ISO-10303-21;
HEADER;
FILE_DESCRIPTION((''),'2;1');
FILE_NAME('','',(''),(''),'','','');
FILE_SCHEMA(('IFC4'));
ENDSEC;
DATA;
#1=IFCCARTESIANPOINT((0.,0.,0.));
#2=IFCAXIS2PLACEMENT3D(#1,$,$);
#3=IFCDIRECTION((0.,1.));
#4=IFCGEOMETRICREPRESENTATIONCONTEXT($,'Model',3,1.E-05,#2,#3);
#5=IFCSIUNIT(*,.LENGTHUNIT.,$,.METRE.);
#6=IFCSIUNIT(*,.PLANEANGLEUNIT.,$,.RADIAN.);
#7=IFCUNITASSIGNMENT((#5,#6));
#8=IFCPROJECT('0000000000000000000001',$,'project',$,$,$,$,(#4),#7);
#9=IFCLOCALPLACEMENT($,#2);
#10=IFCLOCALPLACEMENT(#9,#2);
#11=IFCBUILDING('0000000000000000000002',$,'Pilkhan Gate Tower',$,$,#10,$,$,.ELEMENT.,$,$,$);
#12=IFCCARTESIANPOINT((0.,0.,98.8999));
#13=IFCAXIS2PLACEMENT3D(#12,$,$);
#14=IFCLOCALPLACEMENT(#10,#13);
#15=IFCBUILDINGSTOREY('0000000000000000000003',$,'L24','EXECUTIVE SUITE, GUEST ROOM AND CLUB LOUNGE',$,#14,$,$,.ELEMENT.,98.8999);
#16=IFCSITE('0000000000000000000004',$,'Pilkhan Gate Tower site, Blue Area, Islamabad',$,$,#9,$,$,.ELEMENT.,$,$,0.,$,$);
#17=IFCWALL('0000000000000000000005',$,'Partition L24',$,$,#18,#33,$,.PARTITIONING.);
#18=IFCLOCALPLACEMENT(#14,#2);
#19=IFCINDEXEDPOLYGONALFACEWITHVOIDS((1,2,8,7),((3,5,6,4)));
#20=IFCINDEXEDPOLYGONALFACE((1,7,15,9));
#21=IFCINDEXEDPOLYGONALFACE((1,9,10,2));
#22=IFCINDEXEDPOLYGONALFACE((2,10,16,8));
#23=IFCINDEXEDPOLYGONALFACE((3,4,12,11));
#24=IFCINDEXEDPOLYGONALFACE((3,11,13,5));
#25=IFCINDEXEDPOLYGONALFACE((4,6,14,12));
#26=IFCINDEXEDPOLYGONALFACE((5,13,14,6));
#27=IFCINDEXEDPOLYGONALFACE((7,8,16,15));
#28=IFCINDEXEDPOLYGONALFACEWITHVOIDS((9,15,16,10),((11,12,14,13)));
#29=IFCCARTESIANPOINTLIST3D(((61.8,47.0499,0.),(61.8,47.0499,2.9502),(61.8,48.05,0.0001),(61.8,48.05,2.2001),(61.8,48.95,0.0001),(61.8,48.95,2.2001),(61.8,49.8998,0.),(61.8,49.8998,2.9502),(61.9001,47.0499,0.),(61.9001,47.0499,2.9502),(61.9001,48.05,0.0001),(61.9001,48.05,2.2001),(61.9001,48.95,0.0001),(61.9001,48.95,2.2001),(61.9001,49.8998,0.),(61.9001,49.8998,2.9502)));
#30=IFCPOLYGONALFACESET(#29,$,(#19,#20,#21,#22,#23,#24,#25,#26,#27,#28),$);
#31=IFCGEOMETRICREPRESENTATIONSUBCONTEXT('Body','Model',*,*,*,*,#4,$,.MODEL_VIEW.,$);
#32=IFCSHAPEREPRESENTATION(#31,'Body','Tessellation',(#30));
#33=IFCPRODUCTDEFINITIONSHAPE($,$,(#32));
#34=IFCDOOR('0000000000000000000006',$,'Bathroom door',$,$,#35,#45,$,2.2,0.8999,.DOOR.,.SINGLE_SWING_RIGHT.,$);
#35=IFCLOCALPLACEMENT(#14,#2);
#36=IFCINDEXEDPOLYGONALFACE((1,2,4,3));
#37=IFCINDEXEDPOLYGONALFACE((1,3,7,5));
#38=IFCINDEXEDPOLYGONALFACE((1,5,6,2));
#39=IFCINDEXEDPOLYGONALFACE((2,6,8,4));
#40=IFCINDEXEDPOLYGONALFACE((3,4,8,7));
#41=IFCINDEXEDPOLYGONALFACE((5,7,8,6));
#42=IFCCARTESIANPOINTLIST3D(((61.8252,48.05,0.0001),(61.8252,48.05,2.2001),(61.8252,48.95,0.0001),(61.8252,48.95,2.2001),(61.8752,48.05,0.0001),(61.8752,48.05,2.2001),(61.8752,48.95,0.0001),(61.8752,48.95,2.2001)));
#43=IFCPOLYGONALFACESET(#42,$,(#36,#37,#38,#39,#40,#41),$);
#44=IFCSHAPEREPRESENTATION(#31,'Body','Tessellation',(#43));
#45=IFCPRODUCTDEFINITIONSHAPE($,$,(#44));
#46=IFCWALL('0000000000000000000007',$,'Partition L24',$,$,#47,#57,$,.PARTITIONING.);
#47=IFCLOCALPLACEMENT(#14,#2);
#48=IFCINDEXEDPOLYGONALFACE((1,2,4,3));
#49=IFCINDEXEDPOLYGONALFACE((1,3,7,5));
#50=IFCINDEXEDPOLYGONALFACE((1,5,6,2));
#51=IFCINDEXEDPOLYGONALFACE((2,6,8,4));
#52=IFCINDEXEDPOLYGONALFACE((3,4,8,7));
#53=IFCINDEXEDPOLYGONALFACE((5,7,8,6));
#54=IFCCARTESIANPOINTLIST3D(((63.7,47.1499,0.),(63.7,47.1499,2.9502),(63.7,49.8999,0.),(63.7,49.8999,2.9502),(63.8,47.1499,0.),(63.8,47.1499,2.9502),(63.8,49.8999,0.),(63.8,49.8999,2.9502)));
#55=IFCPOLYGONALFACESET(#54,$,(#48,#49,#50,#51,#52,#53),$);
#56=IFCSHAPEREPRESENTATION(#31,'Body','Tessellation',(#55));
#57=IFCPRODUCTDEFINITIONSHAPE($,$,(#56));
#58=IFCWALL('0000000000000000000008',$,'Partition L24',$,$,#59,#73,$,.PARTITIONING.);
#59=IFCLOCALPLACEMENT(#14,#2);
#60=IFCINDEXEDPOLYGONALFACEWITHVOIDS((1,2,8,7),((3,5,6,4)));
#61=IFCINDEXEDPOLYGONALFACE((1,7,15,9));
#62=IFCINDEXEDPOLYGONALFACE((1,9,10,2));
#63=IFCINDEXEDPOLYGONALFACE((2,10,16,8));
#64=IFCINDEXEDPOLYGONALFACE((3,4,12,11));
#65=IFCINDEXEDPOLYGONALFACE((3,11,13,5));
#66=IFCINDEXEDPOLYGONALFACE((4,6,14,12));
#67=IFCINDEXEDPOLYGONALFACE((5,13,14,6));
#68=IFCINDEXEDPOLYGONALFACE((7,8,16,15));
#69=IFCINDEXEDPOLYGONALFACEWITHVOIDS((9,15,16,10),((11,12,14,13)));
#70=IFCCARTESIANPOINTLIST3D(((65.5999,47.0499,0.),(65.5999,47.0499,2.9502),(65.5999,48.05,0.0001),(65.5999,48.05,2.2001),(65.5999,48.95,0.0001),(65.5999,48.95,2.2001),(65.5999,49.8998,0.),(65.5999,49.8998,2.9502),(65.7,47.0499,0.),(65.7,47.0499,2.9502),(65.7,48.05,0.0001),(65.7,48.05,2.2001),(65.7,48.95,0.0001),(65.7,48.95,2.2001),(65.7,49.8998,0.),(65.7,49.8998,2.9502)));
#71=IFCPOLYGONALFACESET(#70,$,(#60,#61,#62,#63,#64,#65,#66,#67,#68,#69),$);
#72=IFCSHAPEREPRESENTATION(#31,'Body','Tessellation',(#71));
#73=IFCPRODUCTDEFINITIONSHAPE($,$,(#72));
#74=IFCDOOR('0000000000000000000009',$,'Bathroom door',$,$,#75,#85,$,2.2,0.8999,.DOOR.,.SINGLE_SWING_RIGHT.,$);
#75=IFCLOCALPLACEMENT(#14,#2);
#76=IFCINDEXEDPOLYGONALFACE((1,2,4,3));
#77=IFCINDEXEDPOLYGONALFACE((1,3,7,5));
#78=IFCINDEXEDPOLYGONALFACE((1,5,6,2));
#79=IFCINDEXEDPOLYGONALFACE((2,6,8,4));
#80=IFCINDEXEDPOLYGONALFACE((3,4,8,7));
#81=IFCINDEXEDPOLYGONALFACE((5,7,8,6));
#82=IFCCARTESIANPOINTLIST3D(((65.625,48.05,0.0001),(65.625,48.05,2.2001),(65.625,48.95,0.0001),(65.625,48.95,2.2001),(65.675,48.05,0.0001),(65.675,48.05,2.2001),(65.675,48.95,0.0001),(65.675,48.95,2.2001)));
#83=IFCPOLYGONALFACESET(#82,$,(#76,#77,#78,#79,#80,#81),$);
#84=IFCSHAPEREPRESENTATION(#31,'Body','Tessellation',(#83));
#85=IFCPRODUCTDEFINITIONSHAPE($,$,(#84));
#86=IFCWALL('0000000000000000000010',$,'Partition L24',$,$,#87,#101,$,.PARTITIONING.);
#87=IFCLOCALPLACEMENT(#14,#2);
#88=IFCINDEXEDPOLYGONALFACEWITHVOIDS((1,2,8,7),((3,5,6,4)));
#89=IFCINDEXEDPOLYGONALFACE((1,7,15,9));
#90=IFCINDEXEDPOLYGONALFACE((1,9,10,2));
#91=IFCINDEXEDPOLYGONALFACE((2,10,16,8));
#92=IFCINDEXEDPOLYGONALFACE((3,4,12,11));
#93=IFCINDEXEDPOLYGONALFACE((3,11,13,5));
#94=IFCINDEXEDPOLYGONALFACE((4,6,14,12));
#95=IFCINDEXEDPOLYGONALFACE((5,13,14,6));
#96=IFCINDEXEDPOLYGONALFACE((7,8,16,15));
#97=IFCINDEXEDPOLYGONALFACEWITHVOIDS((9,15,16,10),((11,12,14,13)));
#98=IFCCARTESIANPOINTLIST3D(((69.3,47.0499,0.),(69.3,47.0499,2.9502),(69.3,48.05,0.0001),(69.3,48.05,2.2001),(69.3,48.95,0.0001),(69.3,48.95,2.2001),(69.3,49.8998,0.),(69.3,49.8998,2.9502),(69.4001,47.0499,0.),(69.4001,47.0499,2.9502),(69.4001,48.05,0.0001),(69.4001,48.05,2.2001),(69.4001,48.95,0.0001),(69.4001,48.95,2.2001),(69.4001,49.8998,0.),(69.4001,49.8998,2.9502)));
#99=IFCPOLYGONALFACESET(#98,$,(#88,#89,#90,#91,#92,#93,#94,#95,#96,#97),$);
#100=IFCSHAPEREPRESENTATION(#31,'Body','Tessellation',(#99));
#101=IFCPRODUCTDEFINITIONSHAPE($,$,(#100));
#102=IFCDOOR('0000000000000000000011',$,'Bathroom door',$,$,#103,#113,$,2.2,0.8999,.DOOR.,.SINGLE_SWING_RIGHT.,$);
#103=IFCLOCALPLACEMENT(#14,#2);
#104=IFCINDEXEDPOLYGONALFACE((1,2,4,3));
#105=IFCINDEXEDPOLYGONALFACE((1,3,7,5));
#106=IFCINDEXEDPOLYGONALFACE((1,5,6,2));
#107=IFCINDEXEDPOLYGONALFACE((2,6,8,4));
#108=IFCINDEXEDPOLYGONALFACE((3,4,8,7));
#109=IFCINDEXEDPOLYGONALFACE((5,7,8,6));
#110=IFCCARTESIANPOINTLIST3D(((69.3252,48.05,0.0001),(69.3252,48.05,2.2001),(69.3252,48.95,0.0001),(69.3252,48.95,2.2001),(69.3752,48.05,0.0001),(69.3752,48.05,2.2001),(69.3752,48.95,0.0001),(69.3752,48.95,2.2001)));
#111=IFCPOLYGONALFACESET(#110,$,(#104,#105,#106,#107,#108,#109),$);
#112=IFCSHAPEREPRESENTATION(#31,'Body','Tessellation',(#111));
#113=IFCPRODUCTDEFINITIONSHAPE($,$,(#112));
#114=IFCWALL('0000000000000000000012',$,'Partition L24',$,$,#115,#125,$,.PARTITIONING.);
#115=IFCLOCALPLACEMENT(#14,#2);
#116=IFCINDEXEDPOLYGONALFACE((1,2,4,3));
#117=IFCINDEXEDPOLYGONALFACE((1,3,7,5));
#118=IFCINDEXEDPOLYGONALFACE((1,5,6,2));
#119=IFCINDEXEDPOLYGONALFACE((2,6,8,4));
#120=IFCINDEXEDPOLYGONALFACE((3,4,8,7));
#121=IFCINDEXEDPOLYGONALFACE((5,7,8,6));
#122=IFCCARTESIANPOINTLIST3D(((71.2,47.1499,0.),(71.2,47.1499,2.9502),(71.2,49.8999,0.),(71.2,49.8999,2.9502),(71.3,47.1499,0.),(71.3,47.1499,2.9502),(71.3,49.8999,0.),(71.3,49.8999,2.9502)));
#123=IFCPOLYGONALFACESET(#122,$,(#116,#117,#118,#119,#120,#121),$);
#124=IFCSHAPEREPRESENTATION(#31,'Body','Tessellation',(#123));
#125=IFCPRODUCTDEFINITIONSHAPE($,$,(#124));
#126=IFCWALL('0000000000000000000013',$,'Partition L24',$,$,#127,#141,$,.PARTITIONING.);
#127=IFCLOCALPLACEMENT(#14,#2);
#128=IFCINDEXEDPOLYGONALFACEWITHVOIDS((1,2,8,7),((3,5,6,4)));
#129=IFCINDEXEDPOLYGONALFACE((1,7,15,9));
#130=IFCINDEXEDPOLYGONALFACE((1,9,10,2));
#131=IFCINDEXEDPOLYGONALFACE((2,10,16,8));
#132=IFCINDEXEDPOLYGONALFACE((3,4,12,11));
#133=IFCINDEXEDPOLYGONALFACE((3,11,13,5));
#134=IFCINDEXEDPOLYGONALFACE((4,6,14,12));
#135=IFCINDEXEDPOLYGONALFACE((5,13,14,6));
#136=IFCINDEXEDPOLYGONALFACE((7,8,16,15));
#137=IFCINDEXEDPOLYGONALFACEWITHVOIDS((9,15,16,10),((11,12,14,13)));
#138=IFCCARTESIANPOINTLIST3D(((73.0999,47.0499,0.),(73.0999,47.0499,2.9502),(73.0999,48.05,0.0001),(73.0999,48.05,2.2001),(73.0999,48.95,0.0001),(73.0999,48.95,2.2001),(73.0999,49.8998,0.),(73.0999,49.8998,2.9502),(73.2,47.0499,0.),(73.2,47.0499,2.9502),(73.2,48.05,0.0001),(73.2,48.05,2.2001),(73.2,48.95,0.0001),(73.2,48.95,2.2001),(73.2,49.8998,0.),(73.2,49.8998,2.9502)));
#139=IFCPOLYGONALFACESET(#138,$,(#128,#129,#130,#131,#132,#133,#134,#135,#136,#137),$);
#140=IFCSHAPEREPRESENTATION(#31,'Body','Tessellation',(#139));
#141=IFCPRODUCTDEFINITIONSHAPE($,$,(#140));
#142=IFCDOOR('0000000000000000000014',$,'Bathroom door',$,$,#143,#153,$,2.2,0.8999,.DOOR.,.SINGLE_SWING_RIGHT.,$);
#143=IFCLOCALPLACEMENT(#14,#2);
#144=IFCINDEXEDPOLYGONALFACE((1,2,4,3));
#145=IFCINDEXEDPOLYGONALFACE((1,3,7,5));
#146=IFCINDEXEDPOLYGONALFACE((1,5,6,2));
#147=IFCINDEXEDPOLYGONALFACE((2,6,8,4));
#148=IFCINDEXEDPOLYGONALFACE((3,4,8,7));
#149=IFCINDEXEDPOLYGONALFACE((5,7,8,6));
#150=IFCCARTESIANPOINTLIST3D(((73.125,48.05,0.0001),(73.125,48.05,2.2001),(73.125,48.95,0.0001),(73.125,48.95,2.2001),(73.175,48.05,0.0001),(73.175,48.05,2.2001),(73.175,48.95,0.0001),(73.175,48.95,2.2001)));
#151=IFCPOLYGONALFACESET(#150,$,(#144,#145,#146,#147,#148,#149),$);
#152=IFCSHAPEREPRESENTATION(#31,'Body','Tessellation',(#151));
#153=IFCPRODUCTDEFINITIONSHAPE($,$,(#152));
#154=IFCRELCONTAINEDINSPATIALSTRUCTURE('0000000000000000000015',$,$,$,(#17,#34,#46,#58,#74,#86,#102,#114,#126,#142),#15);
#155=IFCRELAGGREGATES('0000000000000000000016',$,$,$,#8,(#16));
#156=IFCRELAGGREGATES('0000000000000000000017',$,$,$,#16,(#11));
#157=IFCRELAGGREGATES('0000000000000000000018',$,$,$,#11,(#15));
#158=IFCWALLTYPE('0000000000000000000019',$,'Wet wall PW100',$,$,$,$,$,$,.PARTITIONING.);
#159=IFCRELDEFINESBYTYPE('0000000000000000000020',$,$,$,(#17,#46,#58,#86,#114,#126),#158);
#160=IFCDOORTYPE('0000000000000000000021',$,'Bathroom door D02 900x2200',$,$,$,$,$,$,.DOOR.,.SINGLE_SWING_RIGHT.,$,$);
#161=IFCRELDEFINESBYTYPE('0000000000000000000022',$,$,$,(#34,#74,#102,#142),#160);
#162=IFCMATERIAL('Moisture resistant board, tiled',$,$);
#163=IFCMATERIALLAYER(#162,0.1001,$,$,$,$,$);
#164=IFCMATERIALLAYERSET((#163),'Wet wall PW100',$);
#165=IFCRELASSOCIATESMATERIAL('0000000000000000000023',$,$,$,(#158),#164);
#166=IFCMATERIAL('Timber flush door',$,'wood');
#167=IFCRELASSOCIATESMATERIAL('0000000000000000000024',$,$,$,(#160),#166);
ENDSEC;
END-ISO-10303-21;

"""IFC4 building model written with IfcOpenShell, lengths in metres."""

from ifc_helpers import new_model, si_unit, direction, frame, frame_2d, origin, place, context, subcontext, project, spatial, rectangle, extrude, material, layer, layer_set, type_object, element, fill, save


model = new_model("IFC4")

# Units and contexts
model_context = context("Model", 3, precision=1e-05, world=origin(), true_north=direction((0.0, 1.0)))
body_context = subcontext(model_context, "Body", "Model", "MODEL_VIEW")
ifc_project = project(units=[si_unit("LENGTHUNIT", "METRE"), si_unit("PLANEANGLEUNIT", "RADIAN")], contexts=[model_context])

# Site, building, storey
site_placement = place(None, origin())
site = spatial("IfcSite", under=ifc_project, at=site_placement, Name="Pilkhan Gate Tower site, Blue Area, Islamabad", CompositionType="ELEMENT", RefElevation=0.0)
building_placement = place(site_placement, origin())
building = spatial("IfcBuilding", under=site, at=building_placement, Name="Pilkhan Gate Tower", CompositionType="ELEMENT")
storey_placement = place(building_placement, frame((0.0, 0.0, 98.8999)))
storey = spatial("IfcBuildingStorey", under=building, at=storey_placement, Name="L24", Description="EXECUTIVE SUITE, GUEST ROOM AND CLUB LOUNGE", CompositionType="ELEMENT", Elevation=98.8999)

# Shared definitions
ifc_material_1 = material(Name="Moisture resistant board, tiled")
ifc_layer_1 = layer(ifc_material_1, 0.1001)
ifc_layer_set_1 = layer_set([ifc_layer_1], Name="Wet wall PW100")
wall_type_1 = type_object("IfcWallType", Name="Wet wall PW100", PredefinedType="PARTITIONING", material=ifc_layer_set_1)

# Wall, opening, door
wall_1_placement = place(storey_placement, frame((61.8501, 47.05, 0.0), z_axis=(0.0, 0.0, 1.0), x_axis=(0.0, 1.0, 0.0)))
wall_1 = element("IfcWall", 1, at=wall_1_placement, inside=storey, type_object=wall_type_1, Name="Partition L24", PredefinedType="PARTITIONING", context=body_context, shape_type="SweptSolid", body=[
    extrude(rectangle(XDim=2.8499, YDim=0.1001, at=frame_2d((1.4248, 0.0))), origin(), (0.0, 0.0, 1.0), 2.9502),
])
opening_1_placement = place(wall_1_placement, frame((1.0, 0.0, 0.0)))
opening_1 = element("IfcOpeningElement", 2, at=opening_1_placement, cuts=wall_1, PredefinedType="OPENING", context=body_context, shape_type="SweptSolid", body=[
    extrude(rectangle(XDim=0.8999, YDim=2.2, at=frame_2d((0.45, 1.1001))), frame((0.0, 0.0601, 0.0), z_axis=(0.0, -1.0, 0.0), x_axis=(1.0, 0.0, 0.0)), (0.0, 0.0, 1.0), 0.1201),
])
ifc_material_2 = material(Name="Timber flush door", Category="wood")
door_type_1 = type_object("IfcDoorType", Name="Bathroom door D02 900x2200", OperationType="SINGLE_SWING_RIGHT", PredefinedType="DOOR", material=ifc_material_2)
door_1_placement = place(opening_1_placement, origin())
door_1 = element("IfcDoor", 3, at=door_1_placement, inside=storey, type_object=door_type_1, Name="Bathroom door", OperationType="SINGLE_SWING_RIGHT", OverallHeight=2.2, OverallWidth=0.8999, PredefinedType="DOOR", context=body_context, shape_type="SweptSolid", body=[
    extrude(rectangle(XDim=0.8999, YDim=2.2, at=frame_2d((0.45, 1.1001))), frame((0.0, 0.0249, 0.0), z_axis=(0.0, -1.0, 0.0), x_axis=(1.0, 0.0, 0.0)), (0.0, 0.0, 1.0), 0.05),
])
fill(opening_1, door_1)

# Wall
wall_2_placement = place(storey_placement, frame((63.75, 47.1499, 0.0), z_axis=(0.0, 0.0, 1.0), x_axis=(0.0, 1.0, 0.0)))
element("IfcWall", 4, at=wall_2_placement, inside=storey, type_object=wall_type_1, Name="Partition L24", PredefinedType="PARTITIONING", context=body_context, shape_type="SweptSolid", body=[
    extrude(rectangle(XDim=2.75, YDim=0.1001, at=frame_2d((1.375, 0.0))), origin(), (0.0, 0.0, 1.0), 2.9502),
])

# Walls, openings, doors
wall_3_placement = place(storey_placement, frame((65.6499, 47.05, 0.0), z_axis=(0.0, 0.0, 1.0), x_axis=(0.0, 1.0, 0.0)))
wall_3 = element("IfcWall", 5, at=wall_3_placement, inside=storey, type_object=wall_type_1, Name="Partition L24", PredefinedType="PARTITIONING", context=body_context, shape_type="SweptSolid", body=[
    extrude(rectangle(XDim=2.8499, YDim=0.1001, at=frame_2d((1.4248, 0.0))), origin(), (0.0, 0.0, 1.0), 2.9502),
])
opening_2_placement = place(wall_3_placement, frame((1.0, 0.0, 0.0)))
opening_2 = element("IfcOpeningElement", 6, at=opening_2_placement, cuts=wall_3, PredefinedType="OPENING", context=body_context, shape_type="SweptSolid", body=[
    extrude(rectangle(XDim=0.8999, YDim=2.2, at=frame_2d((0.45, 1.1001))), frame((0.0, 0.0601, 0.0), z_axis=(0.0, -1.0, 0.0), x_axis=(1.0, 0.0, 0.0)), (0.0, 0.0, 1.0), 0.1201),
])
door_2_placement = place(opening_2_placement, origin())
door_2 = element("IfcDoor", 7, at=door_2_placement, inside=storey, type_object=door_type_1, Name="Bathroom door", OperationType="SINGLE_SWING_RIGHT", OverallHeight=2.2, OverallWidth=0.8999, PredefinedType="DOOR", context=body_context, shape_type="SweptSolid", body=[
    extrude(rectangle(XDim=0.8999, YDim=2.2, at=frame_2d((0.45, 1.1001))), frame((0.0, 0.0249, 0.0), z_axis=(0.0, -1.0, 0.0), x_axis=(1.0, 0.0, 0.0)), (0.0, 0.0, 1.0), 0.05),
])
fill(opening_2, door_2)
wall_4_placement = place(storey_placement, frame((69.3501, 47.05, 0.0), z_axis=(0.0, 0.0, 1.0), x_axis=(0.0, 1.0, 0.0)))
wall_4 = element("IfcWall", 8, at=wall_4_placement, inside=storey, type_object=wall_type_1, Name="Partition L24", PredefinedType="PARTITIONING", context=body_context, shape_type="SweptSolid", body=[
    extrude(rectangle(XDim=2.8499, YDim=0.1001, at=frame_2d((1.4248, 0.0))), origin(), (0.0, 0.0, 1.0), 2.9502),
])
opening_3_placement = place(wall_4_placement, frame((1.0, 0.0, 0.0)))
opening_3 = element("IfcOpeningElement", 9, at=opening_3_placement, cuts=wall_4, PredefinedType="OPENING", context=body_context, shape_type="SweptSolid", body=[
    extrude(rectangle(XDim=0.8999, YDim=2.2, at=frame_2d((0.45, 1.1001))), frame((0.0, 0.0601, 0.0), z_axis=(0.0, -1.0, 0.0), x_axis=(1.0, 0.0, 0.0)), (0.0, 0.0, 1.0), 0.1201),
])
door_3_placement = place(opening_3_placement, origin())
door_3 = element("IfcDoor", 10, at=door_3_placement, inside=storey, type_object=door_type_1, Name="Bathroom door", OperationType="SINGLE_SWING_RIGHT", OverallHeight=2.2, OverallWidth=0.8999, PredefinedType="DOOR", context=body_context, shape_type="SweptSolid", body=[
    extrude(rectangle(XDim=0.8999, YDim=2.2, at=frame_2d((0.45, 1.1001))), frame((0.0, 0.0249, 0.0), z_axis=(0.0, -1.0, 0.0), x_axis=(1.0, 0.0, 0.0)), (0.0, 0.0, 1.0), 0.05),
])
fill(opening_3, door_3)

# Wall
wall_5_placement = place(storey_placement, frame((71.25, 47.1499, 0.0), z_axis=(0.0, 0.0, 1.0), x_axis=(0.0, 1.0, 0.0)))
element("IfcWall", 11, at=wall_5_placement, inside=storey, type_object=wall_type_1, Name="Partition L24", PredefinedType="PARTITIONING", context=body_context, shape_type="SweptSolid", body=[
    extrude(rectangle(XDim=2.75, YDim=0.1001, at=frame_2d((1.375, 0.0))), origin(), (0.0, 0.0, 1.0), 2.9502),
])

# Wall, opening, door
wall_6_placement = place(storey_placement, frame((73.1499, 47.05, 0.0), z_axis=(0.0, 0.0, 1.0), x_axis=(0.0, 1.0, 0.0)))
wall_6 = element("IfcWall", 12, at=wall_6_placement, inside=storey, type_object=wall_type_1, Name="Partition L24", PredefinedType="PARTITIONING", context=body_context, shape_type="SweptSolid", body=[
    extrude(rectangle(XDim=2.8499, YDim=0.1001, at=frame_2d((1.4248, 0.0))), origin(), (0.0, 0.0, 1.0), 2.9502),
])
opening_4_placement = place(wall_6_placement, frame((1.0, 0.0, 0.0)))
opening_4 = element("IfcOpeningElement", 13, at=opening_4_placement, cuts=wall_6, PredefinedType="OPENING", context=body_context, shape_type="SweptSolid", body=[
    extrude(rectangle(XDim=0.8999, YDim=2.2, at=frame_2d((0.45, 1.1001))), frame((0.0, 0.0601, 0.0), z_axis=(0.0, -1.0, 0.0), x_axis=(1.0, 0.0, 0.0)), (0.0, 0.0, 1.0), 0.1201),
])
door_4_placement = place(opening_4_placement, origin())
door_4 = element("IfcDoor", 14, at=door_4_placement, inside=storey, type_object=door_type_1, Name="Bathroom door", OperationType="SINGLE_SWING_RIGHT", OverallHeight=2.2, OverallWidth=0.8999, PredefinedType="DOOR", context=body_context, shape_type="SweptSolid", body=[
    extrude(rectangle(XDim=0.8999, YDim=2.2, at=frame_2d((0.45, 1.1001))), frame((0.0, 0.0249, 0.0), z_axis=(0.0, -1.0, 0.0), x_axis=(1.0, 0.0, 0.0)), (0.0, 0.0, 1.0), 0.05),
])
fill(opening_4, door_4)

save(model, "model.ifc")
